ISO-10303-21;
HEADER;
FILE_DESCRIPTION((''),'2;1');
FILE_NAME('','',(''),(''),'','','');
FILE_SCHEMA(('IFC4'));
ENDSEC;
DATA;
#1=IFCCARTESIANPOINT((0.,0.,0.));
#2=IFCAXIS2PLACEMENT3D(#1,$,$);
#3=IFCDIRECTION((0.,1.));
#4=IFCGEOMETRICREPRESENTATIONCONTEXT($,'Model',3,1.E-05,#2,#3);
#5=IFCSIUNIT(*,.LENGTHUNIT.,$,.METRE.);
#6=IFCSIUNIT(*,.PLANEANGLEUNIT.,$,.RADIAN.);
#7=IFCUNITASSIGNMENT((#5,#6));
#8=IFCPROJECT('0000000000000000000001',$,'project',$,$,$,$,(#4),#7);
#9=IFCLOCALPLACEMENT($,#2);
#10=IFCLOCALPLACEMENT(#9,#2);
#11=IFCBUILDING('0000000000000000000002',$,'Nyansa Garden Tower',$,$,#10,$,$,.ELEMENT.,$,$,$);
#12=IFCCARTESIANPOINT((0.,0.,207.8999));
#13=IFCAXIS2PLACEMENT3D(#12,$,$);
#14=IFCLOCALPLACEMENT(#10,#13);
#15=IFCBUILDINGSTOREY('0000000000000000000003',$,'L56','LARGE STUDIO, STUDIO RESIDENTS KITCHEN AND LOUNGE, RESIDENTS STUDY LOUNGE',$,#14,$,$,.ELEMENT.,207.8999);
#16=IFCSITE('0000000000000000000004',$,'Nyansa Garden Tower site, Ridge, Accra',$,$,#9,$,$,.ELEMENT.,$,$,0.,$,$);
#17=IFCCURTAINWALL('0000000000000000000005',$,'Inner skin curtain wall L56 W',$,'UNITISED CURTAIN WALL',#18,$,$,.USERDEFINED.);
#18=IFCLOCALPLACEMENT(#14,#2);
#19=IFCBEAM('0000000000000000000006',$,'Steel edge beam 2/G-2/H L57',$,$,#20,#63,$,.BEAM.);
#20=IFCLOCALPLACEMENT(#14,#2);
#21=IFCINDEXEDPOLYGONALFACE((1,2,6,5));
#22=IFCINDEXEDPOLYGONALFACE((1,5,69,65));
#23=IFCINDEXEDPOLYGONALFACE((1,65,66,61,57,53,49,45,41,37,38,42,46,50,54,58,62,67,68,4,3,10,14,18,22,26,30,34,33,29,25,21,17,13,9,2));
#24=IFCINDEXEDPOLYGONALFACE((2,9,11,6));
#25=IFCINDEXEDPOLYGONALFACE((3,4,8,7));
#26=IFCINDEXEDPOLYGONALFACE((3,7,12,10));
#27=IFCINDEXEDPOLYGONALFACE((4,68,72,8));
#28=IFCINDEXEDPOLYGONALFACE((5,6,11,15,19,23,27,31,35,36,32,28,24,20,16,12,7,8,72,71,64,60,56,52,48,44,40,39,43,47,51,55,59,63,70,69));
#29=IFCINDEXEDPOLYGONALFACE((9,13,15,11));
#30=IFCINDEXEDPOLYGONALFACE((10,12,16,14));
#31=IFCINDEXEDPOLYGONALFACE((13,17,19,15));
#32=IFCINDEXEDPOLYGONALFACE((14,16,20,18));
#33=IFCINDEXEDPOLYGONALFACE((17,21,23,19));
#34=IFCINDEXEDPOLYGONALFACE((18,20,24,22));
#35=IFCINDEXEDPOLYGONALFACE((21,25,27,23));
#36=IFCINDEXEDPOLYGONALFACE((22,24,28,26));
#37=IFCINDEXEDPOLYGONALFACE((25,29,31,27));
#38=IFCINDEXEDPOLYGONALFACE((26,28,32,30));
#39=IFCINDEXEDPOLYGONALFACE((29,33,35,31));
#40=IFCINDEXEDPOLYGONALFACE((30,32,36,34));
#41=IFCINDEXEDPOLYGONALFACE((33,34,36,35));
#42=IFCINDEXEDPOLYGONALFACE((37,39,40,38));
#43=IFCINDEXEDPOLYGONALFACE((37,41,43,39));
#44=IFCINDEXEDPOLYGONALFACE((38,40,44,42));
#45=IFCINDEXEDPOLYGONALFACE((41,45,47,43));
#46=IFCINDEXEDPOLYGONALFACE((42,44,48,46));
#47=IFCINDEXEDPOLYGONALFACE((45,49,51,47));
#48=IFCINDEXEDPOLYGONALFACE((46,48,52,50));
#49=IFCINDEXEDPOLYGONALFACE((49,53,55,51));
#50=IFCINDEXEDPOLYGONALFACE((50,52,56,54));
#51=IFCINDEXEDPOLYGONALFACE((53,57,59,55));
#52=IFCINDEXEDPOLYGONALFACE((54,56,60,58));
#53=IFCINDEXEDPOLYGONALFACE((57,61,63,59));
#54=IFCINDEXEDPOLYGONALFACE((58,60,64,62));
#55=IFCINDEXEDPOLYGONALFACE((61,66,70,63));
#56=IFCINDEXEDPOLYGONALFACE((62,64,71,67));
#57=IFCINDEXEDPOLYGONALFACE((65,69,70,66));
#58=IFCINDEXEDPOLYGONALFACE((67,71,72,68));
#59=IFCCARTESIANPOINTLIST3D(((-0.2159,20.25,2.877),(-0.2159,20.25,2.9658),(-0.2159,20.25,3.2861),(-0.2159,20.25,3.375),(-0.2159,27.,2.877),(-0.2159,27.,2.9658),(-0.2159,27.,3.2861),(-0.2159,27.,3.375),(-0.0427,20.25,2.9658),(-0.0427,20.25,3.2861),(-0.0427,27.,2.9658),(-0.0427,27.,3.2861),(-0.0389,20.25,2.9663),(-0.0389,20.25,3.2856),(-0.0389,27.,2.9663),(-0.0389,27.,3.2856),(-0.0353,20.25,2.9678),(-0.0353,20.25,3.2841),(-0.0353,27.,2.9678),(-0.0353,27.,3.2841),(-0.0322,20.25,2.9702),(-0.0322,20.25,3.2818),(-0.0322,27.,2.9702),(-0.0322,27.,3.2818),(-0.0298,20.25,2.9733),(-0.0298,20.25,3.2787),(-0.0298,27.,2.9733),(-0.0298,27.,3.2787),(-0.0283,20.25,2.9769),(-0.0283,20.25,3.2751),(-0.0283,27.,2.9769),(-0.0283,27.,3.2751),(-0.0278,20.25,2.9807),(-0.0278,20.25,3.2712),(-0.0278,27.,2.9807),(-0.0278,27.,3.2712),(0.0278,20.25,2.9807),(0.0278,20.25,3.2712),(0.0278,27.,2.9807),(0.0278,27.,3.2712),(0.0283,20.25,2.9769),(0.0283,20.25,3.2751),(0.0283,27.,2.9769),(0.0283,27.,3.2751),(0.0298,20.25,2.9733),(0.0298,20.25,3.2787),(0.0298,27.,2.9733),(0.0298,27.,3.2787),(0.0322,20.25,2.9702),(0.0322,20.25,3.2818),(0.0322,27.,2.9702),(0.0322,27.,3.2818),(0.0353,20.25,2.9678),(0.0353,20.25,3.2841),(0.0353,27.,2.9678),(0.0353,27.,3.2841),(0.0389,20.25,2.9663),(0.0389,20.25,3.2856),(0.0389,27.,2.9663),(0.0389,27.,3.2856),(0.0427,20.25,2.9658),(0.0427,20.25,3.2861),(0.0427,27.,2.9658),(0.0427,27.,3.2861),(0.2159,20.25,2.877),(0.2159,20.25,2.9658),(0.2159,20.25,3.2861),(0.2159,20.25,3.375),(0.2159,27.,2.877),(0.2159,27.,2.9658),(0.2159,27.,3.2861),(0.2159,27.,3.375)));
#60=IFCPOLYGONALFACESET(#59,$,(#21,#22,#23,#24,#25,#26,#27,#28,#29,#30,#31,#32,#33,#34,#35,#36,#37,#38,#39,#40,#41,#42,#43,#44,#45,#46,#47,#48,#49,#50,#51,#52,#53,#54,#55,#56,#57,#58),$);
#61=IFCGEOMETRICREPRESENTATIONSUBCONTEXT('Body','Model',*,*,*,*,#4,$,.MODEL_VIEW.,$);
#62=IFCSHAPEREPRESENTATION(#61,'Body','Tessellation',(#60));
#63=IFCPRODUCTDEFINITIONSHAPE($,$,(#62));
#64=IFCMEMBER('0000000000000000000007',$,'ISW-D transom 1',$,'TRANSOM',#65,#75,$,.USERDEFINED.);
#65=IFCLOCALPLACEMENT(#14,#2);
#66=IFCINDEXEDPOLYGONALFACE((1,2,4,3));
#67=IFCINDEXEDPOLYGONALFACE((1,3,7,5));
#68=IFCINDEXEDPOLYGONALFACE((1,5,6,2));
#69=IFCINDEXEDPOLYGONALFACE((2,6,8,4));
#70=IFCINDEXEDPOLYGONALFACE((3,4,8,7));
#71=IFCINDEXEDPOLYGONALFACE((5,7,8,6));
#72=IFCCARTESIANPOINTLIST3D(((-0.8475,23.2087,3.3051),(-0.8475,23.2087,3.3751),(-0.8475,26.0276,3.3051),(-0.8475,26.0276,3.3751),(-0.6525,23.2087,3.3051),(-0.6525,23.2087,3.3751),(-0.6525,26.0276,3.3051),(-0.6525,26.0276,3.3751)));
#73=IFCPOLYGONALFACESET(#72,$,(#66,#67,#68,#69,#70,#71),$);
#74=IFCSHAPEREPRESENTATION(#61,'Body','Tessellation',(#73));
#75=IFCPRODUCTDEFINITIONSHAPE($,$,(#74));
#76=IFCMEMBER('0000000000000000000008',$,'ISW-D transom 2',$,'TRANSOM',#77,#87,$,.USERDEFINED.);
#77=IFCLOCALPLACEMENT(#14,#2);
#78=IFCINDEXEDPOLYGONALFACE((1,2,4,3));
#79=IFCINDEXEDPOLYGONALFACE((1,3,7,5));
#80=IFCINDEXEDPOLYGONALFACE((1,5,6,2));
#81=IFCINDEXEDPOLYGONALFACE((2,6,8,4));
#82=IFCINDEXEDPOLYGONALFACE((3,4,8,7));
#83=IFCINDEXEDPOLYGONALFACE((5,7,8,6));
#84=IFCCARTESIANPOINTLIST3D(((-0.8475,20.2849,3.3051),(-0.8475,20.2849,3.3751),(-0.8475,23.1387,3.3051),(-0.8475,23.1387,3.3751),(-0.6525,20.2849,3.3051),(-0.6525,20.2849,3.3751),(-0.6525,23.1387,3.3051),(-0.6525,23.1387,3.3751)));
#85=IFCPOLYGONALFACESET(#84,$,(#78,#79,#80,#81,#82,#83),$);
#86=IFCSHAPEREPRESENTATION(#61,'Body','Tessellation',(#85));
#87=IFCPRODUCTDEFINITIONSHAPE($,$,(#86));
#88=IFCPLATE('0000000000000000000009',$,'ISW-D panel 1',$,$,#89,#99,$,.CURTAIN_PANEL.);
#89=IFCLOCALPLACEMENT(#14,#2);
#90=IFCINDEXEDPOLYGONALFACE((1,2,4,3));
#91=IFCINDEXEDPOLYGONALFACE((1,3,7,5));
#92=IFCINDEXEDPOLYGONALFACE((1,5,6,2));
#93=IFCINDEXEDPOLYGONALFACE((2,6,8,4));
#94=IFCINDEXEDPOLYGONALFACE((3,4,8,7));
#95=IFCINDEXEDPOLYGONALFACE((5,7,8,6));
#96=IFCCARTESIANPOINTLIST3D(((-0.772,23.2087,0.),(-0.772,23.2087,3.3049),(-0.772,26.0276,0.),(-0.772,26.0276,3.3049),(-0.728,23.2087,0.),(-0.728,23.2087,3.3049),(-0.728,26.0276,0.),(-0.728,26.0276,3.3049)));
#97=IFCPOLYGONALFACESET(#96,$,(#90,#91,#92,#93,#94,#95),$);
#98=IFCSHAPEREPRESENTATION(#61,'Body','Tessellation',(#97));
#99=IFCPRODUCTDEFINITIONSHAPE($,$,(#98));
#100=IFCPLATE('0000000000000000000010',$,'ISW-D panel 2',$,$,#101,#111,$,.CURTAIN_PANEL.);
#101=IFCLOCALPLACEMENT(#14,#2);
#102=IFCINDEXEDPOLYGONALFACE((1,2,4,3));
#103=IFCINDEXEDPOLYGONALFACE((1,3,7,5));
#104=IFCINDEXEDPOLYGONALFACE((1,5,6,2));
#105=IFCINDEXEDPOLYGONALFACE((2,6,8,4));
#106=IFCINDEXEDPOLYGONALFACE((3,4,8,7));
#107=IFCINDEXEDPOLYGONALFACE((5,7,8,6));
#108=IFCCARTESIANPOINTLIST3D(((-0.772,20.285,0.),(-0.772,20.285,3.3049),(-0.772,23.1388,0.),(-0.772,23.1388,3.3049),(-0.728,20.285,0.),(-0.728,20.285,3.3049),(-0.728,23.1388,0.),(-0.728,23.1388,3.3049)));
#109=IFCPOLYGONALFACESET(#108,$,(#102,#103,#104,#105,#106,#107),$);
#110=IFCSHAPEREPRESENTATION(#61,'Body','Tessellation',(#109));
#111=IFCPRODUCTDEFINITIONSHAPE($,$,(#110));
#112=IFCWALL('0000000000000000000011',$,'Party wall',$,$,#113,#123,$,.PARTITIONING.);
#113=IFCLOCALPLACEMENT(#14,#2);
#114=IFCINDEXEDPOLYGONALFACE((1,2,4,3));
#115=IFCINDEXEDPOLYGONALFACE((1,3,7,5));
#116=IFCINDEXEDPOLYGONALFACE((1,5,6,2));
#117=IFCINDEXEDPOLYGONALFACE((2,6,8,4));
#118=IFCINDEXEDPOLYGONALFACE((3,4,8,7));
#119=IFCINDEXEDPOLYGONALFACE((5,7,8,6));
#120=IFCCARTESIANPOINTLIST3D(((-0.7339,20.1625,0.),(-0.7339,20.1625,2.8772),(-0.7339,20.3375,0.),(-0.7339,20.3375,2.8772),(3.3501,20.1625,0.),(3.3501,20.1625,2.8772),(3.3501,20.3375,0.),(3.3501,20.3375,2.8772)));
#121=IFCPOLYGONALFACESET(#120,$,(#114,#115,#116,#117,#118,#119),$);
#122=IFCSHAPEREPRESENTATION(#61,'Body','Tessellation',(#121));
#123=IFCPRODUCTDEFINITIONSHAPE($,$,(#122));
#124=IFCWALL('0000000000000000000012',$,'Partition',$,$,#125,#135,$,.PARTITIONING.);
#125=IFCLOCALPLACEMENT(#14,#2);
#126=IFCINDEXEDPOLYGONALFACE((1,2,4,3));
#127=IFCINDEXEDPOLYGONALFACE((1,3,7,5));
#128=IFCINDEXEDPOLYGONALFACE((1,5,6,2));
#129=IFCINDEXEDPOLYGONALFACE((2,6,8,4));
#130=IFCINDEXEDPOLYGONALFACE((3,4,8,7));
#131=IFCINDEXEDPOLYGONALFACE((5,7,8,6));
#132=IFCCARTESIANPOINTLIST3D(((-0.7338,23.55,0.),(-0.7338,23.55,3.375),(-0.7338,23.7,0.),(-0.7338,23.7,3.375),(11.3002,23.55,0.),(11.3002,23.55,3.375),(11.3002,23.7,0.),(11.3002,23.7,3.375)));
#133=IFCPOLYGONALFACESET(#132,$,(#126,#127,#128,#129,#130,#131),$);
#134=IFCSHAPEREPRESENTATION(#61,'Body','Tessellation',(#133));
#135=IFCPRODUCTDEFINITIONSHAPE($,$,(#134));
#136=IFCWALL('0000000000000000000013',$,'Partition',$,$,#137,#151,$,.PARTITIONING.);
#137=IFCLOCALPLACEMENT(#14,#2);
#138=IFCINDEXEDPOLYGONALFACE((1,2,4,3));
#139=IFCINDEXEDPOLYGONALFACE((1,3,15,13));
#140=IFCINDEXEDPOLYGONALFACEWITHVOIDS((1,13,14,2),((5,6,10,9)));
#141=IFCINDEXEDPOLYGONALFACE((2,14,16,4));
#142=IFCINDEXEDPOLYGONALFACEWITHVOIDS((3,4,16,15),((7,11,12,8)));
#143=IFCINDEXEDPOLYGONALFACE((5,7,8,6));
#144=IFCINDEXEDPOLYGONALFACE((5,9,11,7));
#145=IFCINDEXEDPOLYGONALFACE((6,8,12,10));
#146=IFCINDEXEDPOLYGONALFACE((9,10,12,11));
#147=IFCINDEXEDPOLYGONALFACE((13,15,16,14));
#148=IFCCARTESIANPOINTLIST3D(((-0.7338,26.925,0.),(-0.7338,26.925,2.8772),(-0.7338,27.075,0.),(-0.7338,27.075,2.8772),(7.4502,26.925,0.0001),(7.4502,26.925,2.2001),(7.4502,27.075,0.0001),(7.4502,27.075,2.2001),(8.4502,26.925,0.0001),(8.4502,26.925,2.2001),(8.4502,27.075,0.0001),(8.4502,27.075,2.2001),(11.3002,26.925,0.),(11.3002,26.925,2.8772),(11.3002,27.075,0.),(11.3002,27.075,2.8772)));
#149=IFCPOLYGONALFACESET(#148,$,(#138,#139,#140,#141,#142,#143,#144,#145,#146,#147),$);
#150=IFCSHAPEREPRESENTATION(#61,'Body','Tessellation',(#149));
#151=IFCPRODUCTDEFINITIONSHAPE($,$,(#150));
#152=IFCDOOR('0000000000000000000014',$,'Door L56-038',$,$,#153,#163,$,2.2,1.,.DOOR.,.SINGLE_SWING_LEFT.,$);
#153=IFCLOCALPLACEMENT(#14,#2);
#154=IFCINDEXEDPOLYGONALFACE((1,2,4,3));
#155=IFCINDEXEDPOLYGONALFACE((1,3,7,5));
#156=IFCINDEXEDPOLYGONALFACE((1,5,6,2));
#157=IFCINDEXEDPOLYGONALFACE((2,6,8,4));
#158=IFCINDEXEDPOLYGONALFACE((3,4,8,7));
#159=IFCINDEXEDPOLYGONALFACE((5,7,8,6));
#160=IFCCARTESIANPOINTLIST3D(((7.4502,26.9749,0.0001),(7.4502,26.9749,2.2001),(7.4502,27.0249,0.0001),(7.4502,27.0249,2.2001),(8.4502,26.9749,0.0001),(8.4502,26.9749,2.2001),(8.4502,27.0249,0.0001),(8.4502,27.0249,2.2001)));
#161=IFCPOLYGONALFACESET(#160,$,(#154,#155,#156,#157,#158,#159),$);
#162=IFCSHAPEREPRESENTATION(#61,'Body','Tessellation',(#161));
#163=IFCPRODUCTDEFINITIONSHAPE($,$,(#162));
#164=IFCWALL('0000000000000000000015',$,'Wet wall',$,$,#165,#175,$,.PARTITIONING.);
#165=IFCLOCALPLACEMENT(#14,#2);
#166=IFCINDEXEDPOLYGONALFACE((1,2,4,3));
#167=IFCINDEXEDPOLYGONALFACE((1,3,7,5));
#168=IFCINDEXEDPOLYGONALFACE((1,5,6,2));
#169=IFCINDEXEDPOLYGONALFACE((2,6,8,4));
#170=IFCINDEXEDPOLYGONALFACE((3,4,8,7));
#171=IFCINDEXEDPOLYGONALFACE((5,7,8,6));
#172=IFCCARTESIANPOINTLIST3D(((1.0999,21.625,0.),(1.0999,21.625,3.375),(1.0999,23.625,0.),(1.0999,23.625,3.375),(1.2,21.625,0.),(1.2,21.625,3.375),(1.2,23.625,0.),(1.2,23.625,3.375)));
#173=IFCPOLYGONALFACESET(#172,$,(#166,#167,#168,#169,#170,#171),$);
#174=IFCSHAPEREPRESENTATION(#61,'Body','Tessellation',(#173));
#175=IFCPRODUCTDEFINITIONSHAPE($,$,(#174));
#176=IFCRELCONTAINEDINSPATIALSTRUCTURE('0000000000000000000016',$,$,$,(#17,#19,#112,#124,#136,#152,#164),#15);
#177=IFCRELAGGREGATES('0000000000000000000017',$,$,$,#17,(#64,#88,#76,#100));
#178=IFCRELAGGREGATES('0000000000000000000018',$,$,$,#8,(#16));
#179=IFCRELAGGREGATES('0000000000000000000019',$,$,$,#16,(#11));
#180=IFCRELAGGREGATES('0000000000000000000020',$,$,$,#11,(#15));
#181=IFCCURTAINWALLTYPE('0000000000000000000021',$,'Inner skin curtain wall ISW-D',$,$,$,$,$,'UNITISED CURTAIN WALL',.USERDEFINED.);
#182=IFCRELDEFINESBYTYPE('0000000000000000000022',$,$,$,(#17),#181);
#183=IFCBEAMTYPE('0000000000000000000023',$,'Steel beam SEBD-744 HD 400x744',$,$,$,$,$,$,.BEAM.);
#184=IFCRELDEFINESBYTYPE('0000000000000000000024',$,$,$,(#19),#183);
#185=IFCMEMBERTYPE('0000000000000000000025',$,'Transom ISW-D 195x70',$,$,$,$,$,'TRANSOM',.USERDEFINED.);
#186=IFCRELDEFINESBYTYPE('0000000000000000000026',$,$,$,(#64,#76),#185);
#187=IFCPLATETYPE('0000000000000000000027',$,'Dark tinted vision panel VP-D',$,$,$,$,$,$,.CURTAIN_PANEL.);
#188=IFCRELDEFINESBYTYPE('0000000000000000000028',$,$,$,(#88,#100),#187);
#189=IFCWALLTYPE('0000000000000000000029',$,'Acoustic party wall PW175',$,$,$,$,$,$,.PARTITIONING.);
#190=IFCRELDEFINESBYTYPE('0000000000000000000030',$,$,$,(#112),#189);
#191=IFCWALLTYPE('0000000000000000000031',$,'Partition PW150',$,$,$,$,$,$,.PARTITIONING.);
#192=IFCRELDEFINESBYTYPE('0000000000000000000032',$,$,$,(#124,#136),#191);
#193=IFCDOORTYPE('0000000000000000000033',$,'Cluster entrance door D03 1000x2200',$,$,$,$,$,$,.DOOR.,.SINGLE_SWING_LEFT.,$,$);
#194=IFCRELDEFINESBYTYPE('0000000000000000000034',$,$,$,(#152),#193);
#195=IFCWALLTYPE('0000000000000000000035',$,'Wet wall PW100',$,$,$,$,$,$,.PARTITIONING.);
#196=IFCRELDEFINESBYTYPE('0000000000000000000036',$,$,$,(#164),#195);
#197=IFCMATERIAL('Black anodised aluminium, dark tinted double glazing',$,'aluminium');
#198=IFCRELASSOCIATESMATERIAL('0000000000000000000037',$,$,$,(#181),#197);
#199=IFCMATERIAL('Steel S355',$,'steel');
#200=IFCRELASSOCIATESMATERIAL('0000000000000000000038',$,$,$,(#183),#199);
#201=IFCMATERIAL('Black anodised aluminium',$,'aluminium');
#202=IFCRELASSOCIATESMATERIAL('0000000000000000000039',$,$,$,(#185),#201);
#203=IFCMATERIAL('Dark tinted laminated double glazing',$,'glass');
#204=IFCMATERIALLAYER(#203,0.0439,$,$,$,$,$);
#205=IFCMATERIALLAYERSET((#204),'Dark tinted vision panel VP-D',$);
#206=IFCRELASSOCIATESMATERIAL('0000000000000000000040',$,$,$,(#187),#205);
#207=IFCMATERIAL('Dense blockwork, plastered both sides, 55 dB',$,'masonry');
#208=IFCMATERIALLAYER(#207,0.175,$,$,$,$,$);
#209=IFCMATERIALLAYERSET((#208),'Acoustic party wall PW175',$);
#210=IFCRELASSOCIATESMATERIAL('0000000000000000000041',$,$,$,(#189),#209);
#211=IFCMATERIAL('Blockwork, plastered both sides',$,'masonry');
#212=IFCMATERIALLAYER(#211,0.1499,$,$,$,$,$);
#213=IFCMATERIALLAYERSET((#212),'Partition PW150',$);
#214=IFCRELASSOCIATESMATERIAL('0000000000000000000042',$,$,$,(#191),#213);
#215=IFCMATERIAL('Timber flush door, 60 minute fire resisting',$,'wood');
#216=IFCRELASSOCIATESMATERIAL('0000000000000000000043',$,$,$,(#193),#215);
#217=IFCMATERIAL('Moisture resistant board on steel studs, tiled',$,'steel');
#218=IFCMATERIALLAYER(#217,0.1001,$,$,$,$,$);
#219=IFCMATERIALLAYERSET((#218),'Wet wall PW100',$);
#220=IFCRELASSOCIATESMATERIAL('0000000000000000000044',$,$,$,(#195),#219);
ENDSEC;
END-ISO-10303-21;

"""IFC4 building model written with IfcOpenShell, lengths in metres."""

from ifc_helpers import new_model, si_unit, direction, frame, frame_2d, origin, origin_2d, place, context, subcontext, project, spatial, rectangle, i_section, extrude, material, layer, layer_set, material_profile, profile_set, type_object, element, fill, aggregate, save


model = new_model("IFC4")

# Units and contexts
model_context = context("Model", 3, precision=1e-05, world=origin(), true_north=direction((0.0, 1.0)))
body_context = subcontext(model_context, "Body", "Model", "MODEL_VIEW")
ifc_project = project(units=[si_unit("LENGTHUNIT", "METRE"), si_unit("PLANEANGLEUNIT", "RADIAN")], contexts=[model_context])

# Site, building, storey
site_placement = place(None, origin())
site = spatial("IfcSite", under=ifc_project, at=site_placement, Name="Nyansa Garden Tower site, Ridge, Accra", CompositionType="ELEMENT", RefElevation=0.0)
building_placement = place(site_placement, origin())
building = spatial("IfcBuilding", under=site, at=building_placement, Name="Nyansa Garden Tower", CompositionType="ELEMENT")
storey_placement = place(building_placement, frame((0.0, 0.0, 207.8999)))
storey = spatial("IfcBuildingStorey", under=building, at=storey_placement, Name="L56", Description="LARGE STUDIO, STUDIO RESIDENTS KITCHEN AND LOUNGE, RESIDENTS STUDY LOUNGE", CompositionType="ELEMENT", Elevation=207.8999)

# Curtain wall
ifc_material_1 = material(Name="Black anodised aluminium, dark tinted double glazing", Category="aluminium")
curtain_wall_type = type_object("IfcCurtainWallType", Name="Inner skin curtain wall ISW-D", ElementType="UNITISED CURTAIN WALL", PredefinedType="USERDEFINED", material=ifc_material_1)
curtain_wall_placement = place(storey_placement, origin())
curtain_wall = element("IfcCurtainWall", 1, at=curtain_wall_placement, inside=storey, type_object=curtain_wall_type, Name="Inner skin curtain wall L56 W", ObjectType="UNITISED CURTAIN WALL", PredefinedType="USERDEFINED")

# Beam
ifc_material_2 = material(Name="Steel S355", Category="steel")
ifc_material_profile_1 = material_profile(ifc_material_2, i_section(OverallWidth=0.4319, OverallDepth=0.498, WebThickness=0.0557, FlangeThickness=0.0889, FilletRadius=0.0149, at=origin_2d()), Name="HD 400x744")
ifc_profile_set_1 = profile_set([ifc_material_profile_1], Name="Steel S355")
beam_type_1 = type_object("IfcBeamType", Name="Steel beam SEBD-744 HD 400x744", PredefinedType="BEAM", material=ifc_profile_set_1)
beam_placement = place(storey_placement, frame((0.0, 20.25, 3.126), z_axis=(0.0, 1.0, 0.0), x_axis=(-1.0, 0.0, 0.0)))
element("IfcBeam", 2, at=beam_placement, inside=storey, type_object=beam_type_1, Name="Steel edge beam 2/G-2/H L57", PredefinedType="BEAM", context=body_context, shape_type="SweptSolid", body=[
    extrude(i_section(OverallWidth=0.4319, OverallDepth=0.498, WebThickness=0.0557, FlangeThickness=0.0889, FilletRadius=0.0149, at=origin_2d()), origin(), (0.0, 0.0, 1.0), 6.75),
])

# Members
ifc_material_3 = material(Name="Black anodised aluminium", Category="aluminium")
ifc_material_profile_2 = material_profile(ifc_material_3, rectangle(XDim=0.1951, YDim=0.0701, at=origin_2d()), Name="Transom 195x70")
ifc_profile_set_2 = profile_set([ifc_material_profile_2], Name="Black anodised aluminium")
member_type_1 = type_object("IfcMemberType", Name="Transom ISW-D 195x70", ElementType="TRANSOM", PredefinedType="USERDEFINED", material=ifc_profile_set_2)
member_1_placement = place(storey_placement, frame((-0.75, 26.0276, 3.3401), z_axis=(0.0, -1.0, 0.0), x_axis=(1.0, 0.0, 0.0)))
member_1 = element("IfcMember", 3, at=member_1_placement, type_object=member_type_1, Name="ISW-D transom 1", ObjectType="TRANSOM", PredefinedType="USERDEFINED", context=body_context, shape_type="SweptSolid", body=[
    extrude(rectangle(XDim=0.1951, YDim=0.0701, at=origin_2d()), origin(), (0.0, 0.0, 1.0), 2.8188),
])
member_2_placement = place(storey_placement, frame((-0.75, 23.1387, 3.3401), z_axis=(0.0, -1.0, 0.0), x_axis=(1.0, 0.0, 0.0)))
member_2 = element("IfcMember", 4, at=member_2_placement, type_object=member_type_1, Name="ISW-D transom 2", ObjectType="TRANSOM", PredefinedType="USERDEFINED", context=body_context, shape_type="SweptSolid", body=[
    extrude(rectangle(XDim=0.1951, YDim=0.0701, at=origin_2d()), origin(), (0.0, 0.0, 1.0), 2.8538),
])

# Plates
ifc_material_4 = material(Name="Dark tinted laminated double glazing", Category="glass")
ifc_layer_1 = layer(ifc_material_4, 0.0439)
ifc_layer_set_1 = layer_set([ifc_layer_1], Name="Dark tinted vision panel VP-D")
plate_type = type_object("IfcPlateType", Name="Dark tinted vision panel VP-D", PredefinedType="CURTAIN_PANEL", material=ifc_layer_set_1)
plate_1_placement = place(storey_placement, frame((-0.75, 24.6182, 0.0), z_axis=(0.0, 0.0, 1.0), x_axis=(0.0, -1.0, 0.0)))
plate_1 = element("IfcPlate", 5, at=plate_1_placement, type_object=plate_type, Name="ISW-D panel 1", PredefinedType="CURTAIN_PANEL", context=body_context, shape_type="SweptSolid", body=[
    extrude(rectangle(XDim=2.8188, YDim=0.0439, at=origin_2d()), origin(), (0.0, 0.0, 1.0), 3.3049),
])
plate_2_placement = place(storey_placement, frame((-0.75, 21.7119, 0.0), z_axis=(0.0, 0.0, 1.0), x_axis=(0.0, -1.0, 0.0)))
plate_2 = element("IfcPlate", 6, at=plate_2_placement, type_object=plate_type, Name="ISW-D panel 2", PredefinedType="CURTAIN_PANEL", context=body_context, shape_type="SweptSolid", body=[
    extrude(rectangle(XDim=2.8538, YDim=0.0439, at=origin_2d()), origin(), (0.0, 0.0, 1.0), 3.3049),
])
aggregate(curtain_wall, [member_1, plate_1, member_2, plate_2])

# Walls
ifc_material_5 = material(Name="Dense blockwork, plastered both sides, 55 dB", Category="masonry")
ifc_layer_2 = layer(ifc_material_5, 0.175)
ifc_layer_set_2 = layer_set([ifc_layer_2], Name="Acoustic party wall PW175")
wall_type_1 = type_object("IfcWallType", Name="Acoustic party wall PW175", PredefinedType="PARTITIONING", material=ifc_layer_set_2)
wall_1_placement = place(storey_placement, frame((-0.7339, 20.25, 0.0), z_axis=(0.0, 0.0, 1.0), x_axis=(1.0, 0.0, 0.0)))
element("IfcWall", 7, at=wall_1_placement, inside=storey, type_object=wall_type_1, Name="Party wall", PredefinedType="PARTITIONING", context=body_context, shape_type="SweptSolid", body=[
    extrude(rectangle(XDim=4.084, YDim=0.175, at=frame_2d((2.042, 0.0))), origin(), (0.0, 0.0, 1.0), 2.8772),
])
ifc_material_6 = material(Name="Blockwork, plastered both sides", Category="masonry")
ifc_layer_3 = layer(ifc_material_6, 0.1499)
ifc_layer_set_3 = layer_set([ifc_layer_3], Name="Partition PW150")
wall_type_2 = type_object("IfcWallType", Name="Partition PW150", PredefinedType="PARTITIONING", material=ifc_layer_set_3)
wall_2_placement = place(storey_placement, frame((-0.7339, 23.625, 0.0), z_axis=(0.0, 0.0, 1.0), x_axis=(1.0, 0.0, 0.0)))
element("IfcWall", 8, at=wall_2_placement, inside=storey, type_object=wall_type_2, Name="Partition", PredefinedType="PARTITIONING", context=body_context, shape_type="SweptSolid", body=[
    extrude(rectangle(XDim=12.0339, YDim=0.1499, at=frame_2d((6.0171, 0.0))), origin(), (0.0, 0.0, 1.0), 3.375),
])

# Wall, opening, door
wall_3_placement = place(storey_placement, frame((-0.7339, 27.0, 0.0), z_axis=(0.0, 0.0, 1.0), x_axis=(1.0, 0.0, 0.0)))
wall_3 = element("IfcWall", 9, at=wall_3_placement, inside=storey, type_object=wall_type_2, Name="Partition", PredefinedType="PARTITIONING", context=body_context, shape_type="SweptSolid", body=[
    extrude(rectangle(XDim=12.0339, YDim=0.1499, at=frame_2d((6.0171, 0.0))), origin(), (0.0, 0.0, 1.0), 2.8772),
])
opening_1_placement = place(wall_3_placement, frame((8.1841, 0.0, 0.0)))
opening_1 = element("IfcOpeningElement", 10, at=opening_1_placement, cuts=wall_3, PredefinedType="OPENING", context=body_context, shape_type="SweptSolid", body=[
    extrude(rectangle(XDim=1.0, YDim=2.2, at=frame_2d((0.5, 1.1001))), frame((0.0, 0.085, 0.0), z_axis=(0.0, -1.0, 0.0), x_axis=(1.0, 0.0, 0.0)), (0.0, 0.0, 1.0), 0.1699),
])
ifc_material_7 = material(Name="Timber flush door, 60 minute fire resisting", Category="wood")
door_type_1 = type_object("IfcDoorType", Name="Cluster entrance door D03 1000x2200", OperationType="SINGLE_SWING_LEFT", PredefinedType="DOOR", material=ifc_material_7)
door_1_placement = place(opening_1_placement, origin())
door_1 = element("IfcDoor", 11, at=door_1_placement, inside=storey, type_object=door_type_1, Name="Door L56-038", OperationType="SINGLE_SWING_LEFT", OverallHeight=2.2, OverallWidth=1.0, PredefinedType="DOOR", context=body_context, shape_type="SweptSolid", body=[
    extrude(rectangle(XDim=1.0, YDim=2.2, at=frame_2d((0.5, 1.1001))), frame((0.0, 0.0249, 0.0), z_axis=(0.0, -1.0, 0.0), x_axis=(1.0, 0.0, 0.0)), (0.0, 0.0, 1.0), 0.05),
])
fill(opening_1, door_1)

# Wall
ifc_material_8 = material(Name="Moisture resistant board on steel studs, tiled", Category="steel")
ifc_layer_4 = layer(ifc_material_8, 0.1001)
ifc_layer_set_4 = layer_set([ifc_layer_4], Name="Wet wall PW100")
wall_type_3 = type_object("IfcWallType", Name="Wet wall PW100", PredefinedType="PARTITIONING", material=ifc_layer_set_4)
wall_4_placement = place(storey_placement, frame((1.1499, 21.625, 0.0), z_axis=(0.0, 0.0, 1.0), x_axis=(0.0, 1.0, 0.0)))
element("IfcWall", 12, at=wall_4_placement, inside=storey, type_object=wall_type_3, Name="Wet wall", PredefinedType="PARTITIONING", context=body_context, shape_type="SweptSolid", body=[
    extrude(rectangle(XDim=2.0, YDim=0.1001, at=frame_2d((1.0, 0.0))), origin(), (0.0, 0.0, 1.0), 3.375),
])

save(model, "model.ifc")
